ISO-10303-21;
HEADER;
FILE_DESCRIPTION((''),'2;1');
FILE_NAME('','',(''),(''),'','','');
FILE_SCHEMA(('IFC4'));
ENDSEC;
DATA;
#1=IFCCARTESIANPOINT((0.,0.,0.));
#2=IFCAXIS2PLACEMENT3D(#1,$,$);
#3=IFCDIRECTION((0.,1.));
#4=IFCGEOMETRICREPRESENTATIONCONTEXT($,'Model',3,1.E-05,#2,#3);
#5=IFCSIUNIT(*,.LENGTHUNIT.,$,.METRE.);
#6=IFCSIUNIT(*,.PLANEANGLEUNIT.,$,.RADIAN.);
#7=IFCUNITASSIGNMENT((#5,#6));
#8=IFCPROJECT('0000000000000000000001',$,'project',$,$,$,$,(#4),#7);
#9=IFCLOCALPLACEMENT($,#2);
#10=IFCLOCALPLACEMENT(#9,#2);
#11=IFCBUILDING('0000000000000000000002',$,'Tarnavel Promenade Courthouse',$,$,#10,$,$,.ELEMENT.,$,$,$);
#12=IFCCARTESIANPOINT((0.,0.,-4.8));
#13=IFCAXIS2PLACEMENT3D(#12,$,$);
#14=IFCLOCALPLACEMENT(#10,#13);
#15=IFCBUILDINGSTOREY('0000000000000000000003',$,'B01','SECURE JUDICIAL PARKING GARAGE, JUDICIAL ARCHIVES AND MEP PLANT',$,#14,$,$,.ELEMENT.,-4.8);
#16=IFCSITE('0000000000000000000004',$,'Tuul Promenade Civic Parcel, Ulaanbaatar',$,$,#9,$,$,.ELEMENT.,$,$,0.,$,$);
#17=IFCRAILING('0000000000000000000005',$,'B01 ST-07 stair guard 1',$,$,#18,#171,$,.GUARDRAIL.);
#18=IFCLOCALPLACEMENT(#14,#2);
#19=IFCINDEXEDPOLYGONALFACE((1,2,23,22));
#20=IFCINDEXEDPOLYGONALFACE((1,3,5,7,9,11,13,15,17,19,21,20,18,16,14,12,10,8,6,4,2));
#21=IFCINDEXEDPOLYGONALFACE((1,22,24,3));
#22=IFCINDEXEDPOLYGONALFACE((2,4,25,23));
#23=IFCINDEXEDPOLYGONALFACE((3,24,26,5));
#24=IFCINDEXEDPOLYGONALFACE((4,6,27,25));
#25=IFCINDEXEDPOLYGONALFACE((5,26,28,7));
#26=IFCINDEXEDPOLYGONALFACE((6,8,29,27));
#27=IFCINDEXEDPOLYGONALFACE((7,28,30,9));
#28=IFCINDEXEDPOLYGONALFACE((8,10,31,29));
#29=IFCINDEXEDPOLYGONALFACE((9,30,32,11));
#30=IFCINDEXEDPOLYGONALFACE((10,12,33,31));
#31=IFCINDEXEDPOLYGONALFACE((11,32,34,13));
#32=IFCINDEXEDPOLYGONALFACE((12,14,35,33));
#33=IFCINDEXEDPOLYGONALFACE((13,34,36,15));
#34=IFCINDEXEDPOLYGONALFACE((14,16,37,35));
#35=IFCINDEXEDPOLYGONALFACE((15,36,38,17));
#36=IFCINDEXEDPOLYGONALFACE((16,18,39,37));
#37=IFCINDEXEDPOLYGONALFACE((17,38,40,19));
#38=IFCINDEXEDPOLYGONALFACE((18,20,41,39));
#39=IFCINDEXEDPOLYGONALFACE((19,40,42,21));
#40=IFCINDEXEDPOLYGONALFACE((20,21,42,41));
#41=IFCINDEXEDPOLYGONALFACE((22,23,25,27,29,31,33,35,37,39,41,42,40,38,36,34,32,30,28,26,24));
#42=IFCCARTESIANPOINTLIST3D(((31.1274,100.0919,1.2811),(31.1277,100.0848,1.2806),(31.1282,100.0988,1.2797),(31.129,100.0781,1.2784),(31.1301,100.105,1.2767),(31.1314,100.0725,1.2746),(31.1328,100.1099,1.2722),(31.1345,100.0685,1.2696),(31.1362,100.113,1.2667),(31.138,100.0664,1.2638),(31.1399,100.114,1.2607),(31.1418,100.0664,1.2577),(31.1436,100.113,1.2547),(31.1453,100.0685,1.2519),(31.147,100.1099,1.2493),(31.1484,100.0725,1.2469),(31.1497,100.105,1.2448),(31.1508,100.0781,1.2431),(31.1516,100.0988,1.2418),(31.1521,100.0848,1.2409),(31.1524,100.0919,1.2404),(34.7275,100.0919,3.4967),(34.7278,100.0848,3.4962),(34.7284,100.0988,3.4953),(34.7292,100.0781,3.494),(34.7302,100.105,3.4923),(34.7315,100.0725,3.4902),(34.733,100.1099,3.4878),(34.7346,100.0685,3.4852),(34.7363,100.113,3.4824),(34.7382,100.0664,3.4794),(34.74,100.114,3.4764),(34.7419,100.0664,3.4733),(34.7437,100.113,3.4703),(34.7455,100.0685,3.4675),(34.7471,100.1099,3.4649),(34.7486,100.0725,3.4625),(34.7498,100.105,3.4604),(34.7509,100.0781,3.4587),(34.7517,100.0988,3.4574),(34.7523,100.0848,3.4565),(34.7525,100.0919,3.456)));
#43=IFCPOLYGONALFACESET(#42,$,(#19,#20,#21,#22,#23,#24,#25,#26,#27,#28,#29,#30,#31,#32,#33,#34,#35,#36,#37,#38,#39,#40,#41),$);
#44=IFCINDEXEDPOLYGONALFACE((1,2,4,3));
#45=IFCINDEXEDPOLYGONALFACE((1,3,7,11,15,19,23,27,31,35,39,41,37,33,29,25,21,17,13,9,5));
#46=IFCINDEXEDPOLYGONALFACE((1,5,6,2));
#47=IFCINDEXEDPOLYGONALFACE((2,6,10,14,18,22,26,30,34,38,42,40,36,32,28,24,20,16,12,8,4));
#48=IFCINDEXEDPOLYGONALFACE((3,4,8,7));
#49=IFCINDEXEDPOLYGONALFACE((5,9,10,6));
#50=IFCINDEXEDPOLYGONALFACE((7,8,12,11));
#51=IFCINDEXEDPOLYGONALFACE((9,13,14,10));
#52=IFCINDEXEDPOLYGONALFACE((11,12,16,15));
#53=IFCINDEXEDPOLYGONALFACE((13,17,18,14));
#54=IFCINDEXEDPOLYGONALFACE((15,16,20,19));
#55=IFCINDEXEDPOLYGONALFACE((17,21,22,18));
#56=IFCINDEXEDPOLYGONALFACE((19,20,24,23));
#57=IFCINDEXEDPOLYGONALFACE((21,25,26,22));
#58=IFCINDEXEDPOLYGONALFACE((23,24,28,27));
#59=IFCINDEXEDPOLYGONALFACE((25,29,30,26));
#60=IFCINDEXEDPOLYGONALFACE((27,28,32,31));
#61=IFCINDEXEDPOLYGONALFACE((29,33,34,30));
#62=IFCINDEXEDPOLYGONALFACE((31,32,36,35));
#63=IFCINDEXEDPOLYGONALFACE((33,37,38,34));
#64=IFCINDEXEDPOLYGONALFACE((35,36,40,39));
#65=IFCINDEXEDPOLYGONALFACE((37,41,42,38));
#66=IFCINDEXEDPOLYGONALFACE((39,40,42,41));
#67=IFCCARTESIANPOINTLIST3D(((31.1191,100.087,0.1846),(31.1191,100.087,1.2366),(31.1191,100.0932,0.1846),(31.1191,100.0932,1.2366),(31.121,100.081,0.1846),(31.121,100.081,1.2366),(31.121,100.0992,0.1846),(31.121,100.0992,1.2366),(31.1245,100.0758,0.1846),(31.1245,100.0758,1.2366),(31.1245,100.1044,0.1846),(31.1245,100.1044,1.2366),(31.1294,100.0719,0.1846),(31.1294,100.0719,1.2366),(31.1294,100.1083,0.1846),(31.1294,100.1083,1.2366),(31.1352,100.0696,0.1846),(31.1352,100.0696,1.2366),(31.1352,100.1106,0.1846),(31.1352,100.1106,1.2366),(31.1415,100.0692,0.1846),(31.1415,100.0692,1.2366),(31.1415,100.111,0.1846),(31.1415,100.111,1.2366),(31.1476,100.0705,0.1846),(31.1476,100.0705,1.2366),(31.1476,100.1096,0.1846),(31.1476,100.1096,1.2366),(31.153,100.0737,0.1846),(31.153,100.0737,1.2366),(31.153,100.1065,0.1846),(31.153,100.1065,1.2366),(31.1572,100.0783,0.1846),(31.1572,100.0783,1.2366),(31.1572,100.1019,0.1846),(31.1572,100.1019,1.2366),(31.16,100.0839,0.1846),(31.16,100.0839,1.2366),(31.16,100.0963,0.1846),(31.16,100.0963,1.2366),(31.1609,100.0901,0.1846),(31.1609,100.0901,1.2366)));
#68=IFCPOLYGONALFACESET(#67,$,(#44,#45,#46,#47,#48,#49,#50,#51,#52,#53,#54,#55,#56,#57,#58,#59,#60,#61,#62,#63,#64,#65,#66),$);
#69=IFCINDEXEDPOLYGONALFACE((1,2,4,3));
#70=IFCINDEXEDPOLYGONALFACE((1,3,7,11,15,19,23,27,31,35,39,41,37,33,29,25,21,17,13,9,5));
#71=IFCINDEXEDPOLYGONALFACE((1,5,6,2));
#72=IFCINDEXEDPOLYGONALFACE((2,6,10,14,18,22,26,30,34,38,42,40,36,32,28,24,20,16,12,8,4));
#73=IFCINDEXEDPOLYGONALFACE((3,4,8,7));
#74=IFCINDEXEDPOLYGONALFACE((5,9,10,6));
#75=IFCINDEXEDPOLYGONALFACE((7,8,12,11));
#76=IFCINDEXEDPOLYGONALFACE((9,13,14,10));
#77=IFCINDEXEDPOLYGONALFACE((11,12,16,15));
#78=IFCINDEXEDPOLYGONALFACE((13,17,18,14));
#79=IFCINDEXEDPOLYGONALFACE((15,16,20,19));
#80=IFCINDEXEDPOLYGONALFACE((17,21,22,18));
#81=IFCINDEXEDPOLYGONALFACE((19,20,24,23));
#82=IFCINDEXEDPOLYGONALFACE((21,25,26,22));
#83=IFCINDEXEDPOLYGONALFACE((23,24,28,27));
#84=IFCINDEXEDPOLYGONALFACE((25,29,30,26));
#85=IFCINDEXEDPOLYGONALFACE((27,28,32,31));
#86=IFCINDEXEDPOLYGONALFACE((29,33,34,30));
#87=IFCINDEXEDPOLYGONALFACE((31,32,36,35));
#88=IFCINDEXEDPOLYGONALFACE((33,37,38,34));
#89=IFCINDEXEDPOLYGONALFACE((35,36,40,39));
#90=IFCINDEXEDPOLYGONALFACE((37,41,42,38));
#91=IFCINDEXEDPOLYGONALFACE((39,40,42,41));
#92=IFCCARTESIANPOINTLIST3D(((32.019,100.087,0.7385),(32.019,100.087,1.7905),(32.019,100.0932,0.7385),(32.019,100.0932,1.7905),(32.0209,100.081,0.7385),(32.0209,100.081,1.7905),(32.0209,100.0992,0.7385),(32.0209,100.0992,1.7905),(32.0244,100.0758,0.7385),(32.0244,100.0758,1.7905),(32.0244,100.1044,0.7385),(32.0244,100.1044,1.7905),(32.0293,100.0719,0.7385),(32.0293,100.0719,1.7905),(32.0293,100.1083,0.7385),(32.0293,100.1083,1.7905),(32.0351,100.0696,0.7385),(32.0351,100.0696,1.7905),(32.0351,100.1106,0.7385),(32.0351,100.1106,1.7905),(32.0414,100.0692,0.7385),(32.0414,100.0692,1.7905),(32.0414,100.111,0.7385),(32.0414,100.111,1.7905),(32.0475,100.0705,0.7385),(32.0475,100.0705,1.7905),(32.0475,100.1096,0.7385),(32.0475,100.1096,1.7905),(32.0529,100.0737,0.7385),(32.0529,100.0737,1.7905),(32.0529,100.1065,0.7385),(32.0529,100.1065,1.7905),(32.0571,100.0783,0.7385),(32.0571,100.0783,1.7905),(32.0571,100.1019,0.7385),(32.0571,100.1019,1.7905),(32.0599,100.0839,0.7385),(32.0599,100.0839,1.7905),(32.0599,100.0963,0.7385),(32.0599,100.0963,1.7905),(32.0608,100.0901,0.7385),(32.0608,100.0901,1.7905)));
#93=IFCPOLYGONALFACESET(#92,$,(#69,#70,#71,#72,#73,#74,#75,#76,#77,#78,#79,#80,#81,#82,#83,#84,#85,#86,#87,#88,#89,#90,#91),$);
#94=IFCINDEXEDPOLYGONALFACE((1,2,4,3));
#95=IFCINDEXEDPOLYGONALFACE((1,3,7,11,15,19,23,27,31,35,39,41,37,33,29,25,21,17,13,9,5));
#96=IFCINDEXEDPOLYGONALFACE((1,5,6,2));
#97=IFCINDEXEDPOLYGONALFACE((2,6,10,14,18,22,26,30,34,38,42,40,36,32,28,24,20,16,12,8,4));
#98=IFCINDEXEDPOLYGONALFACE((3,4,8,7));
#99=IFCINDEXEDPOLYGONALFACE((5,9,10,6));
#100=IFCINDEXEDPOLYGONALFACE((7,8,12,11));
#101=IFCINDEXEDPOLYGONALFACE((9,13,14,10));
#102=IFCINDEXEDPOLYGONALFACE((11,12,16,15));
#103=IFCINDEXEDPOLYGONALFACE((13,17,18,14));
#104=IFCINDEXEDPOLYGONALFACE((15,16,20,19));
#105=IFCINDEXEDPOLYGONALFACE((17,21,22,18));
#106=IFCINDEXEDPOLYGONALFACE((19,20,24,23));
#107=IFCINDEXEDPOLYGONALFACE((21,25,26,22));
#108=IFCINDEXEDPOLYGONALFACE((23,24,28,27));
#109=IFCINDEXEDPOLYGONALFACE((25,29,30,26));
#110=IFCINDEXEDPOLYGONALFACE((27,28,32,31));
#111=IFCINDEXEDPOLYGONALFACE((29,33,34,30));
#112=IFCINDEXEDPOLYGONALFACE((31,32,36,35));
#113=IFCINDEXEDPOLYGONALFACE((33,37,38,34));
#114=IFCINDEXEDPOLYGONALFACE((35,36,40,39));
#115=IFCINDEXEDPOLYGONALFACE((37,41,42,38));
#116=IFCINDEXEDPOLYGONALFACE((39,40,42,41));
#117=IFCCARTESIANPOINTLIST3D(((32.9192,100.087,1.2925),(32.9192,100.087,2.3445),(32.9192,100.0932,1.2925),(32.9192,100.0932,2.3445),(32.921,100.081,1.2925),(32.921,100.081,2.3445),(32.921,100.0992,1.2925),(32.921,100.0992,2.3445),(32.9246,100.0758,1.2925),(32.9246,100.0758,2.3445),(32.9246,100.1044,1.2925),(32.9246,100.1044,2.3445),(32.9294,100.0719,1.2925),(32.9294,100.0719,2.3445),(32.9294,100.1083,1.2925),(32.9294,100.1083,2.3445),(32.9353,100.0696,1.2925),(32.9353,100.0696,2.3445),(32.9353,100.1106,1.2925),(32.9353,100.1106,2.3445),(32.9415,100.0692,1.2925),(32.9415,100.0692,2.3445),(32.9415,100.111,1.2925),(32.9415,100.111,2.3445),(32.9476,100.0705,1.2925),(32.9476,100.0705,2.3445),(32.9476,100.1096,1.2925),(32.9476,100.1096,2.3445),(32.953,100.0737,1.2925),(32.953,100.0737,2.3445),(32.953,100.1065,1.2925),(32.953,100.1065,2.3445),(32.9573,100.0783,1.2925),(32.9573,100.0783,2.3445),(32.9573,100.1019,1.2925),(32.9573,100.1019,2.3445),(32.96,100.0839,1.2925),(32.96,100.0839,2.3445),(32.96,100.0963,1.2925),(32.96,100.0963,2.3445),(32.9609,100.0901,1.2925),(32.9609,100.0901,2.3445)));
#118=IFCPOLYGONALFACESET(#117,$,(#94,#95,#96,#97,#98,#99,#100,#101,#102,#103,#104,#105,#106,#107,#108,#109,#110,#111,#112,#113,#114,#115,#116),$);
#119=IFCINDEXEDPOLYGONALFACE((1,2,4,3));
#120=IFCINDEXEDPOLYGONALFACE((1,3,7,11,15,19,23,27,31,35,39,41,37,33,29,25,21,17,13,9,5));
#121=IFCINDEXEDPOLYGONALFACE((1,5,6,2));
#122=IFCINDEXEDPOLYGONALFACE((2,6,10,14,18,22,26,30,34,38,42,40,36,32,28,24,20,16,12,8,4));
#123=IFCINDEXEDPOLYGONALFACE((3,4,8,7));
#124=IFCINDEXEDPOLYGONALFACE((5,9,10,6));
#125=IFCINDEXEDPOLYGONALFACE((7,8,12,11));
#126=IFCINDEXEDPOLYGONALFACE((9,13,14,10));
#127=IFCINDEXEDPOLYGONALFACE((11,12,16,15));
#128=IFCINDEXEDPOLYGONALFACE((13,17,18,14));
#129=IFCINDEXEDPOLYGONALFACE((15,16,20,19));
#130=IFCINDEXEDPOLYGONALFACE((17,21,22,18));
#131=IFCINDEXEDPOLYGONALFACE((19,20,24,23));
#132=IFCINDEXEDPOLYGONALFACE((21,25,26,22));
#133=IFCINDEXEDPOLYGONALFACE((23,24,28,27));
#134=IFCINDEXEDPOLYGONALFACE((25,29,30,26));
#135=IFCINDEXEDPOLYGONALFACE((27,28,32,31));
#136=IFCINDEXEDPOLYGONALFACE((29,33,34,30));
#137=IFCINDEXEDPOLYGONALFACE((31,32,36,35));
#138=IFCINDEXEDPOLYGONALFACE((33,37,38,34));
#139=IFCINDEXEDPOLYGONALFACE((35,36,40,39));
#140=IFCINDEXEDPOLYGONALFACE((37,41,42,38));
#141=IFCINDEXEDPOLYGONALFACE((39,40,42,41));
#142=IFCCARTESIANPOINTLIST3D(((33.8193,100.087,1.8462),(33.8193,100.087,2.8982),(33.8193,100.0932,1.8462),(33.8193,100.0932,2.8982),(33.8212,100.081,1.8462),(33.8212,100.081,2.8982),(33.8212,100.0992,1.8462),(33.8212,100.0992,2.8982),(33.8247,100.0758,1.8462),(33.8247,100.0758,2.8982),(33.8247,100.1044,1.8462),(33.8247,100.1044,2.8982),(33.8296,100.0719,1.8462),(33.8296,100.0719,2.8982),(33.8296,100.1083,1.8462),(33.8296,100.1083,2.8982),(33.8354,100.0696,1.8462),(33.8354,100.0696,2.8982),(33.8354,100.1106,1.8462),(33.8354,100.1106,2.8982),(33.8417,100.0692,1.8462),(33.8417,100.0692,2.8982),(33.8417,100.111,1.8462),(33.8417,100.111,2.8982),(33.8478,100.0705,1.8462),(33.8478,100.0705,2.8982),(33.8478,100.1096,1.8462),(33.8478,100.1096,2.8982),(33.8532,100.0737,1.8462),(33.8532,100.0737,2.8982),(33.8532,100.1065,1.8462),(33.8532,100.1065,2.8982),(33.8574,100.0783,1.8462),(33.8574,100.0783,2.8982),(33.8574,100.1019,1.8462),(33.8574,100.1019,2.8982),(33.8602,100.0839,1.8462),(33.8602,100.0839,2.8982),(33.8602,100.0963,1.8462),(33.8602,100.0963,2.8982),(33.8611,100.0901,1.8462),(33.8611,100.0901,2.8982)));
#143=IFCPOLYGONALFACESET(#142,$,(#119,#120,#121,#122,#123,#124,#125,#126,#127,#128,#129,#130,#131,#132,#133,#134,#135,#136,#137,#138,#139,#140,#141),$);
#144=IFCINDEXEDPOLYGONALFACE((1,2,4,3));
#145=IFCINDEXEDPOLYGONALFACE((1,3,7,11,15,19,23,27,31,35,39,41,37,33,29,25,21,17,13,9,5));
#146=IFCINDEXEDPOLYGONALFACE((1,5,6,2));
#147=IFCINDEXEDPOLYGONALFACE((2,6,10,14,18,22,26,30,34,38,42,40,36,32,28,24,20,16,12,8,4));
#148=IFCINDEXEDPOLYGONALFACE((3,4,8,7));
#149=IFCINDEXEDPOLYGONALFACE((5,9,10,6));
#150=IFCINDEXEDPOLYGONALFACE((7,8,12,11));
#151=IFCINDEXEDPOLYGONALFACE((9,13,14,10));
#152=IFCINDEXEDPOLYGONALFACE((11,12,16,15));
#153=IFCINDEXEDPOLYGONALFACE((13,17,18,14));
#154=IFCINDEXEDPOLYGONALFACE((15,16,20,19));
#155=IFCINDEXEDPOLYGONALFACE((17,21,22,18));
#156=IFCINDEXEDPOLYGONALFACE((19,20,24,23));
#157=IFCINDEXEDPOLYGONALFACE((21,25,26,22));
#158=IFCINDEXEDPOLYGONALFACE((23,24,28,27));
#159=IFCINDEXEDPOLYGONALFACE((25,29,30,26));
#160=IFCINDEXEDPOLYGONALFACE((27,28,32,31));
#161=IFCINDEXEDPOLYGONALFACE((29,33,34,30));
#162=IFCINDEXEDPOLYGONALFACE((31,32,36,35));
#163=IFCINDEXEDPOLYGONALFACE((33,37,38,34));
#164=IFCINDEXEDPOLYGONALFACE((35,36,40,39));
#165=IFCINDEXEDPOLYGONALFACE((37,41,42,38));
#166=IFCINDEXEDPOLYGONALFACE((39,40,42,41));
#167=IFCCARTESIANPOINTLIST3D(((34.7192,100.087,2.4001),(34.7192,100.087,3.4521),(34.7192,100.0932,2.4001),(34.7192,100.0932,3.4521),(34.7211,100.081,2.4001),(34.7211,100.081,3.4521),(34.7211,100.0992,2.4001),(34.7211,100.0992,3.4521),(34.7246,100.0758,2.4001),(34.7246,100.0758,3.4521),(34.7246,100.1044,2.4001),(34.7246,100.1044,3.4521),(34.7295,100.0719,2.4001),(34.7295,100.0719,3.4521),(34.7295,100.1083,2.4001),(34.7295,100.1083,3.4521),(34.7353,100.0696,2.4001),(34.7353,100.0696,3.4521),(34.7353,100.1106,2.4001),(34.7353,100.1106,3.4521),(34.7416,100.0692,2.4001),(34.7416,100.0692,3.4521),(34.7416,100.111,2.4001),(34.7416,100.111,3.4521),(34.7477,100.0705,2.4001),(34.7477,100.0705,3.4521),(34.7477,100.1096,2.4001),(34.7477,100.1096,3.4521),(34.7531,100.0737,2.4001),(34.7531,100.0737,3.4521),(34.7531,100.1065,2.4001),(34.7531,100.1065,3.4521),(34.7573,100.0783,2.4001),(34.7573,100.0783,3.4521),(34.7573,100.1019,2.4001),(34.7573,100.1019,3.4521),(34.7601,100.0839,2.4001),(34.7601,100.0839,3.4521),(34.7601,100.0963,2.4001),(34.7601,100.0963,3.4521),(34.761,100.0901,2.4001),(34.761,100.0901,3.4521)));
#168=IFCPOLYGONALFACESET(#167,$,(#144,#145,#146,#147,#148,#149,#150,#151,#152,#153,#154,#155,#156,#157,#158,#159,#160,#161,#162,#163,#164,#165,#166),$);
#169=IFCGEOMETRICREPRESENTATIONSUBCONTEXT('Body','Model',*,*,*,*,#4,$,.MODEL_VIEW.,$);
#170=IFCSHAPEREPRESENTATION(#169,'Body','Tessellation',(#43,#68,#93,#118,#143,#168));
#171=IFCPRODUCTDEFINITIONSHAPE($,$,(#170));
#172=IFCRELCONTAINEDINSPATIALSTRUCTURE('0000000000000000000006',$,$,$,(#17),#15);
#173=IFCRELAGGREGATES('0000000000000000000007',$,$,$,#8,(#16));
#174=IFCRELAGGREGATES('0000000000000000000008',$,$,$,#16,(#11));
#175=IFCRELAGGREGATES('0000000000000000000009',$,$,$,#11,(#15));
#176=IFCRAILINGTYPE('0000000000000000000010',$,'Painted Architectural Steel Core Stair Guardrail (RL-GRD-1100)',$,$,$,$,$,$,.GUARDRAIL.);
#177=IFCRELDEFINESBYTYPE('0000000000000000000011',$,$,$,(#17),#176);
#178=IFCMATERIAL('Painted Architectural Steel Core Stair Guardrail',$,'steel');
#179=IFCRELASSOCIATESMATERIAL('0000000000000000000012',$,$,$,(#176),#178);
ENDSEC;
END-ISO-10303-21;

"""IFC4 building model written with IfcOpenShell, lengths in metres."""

from ifc_helpers import new_model, si_unit, direction, frame, origin, origin_2d, place, context, subcontext, project, spatial, circle, extrude, material, type_object, element, save


model = new_model("IFC4")

# Units and contexts
model_context = context("Model", 3, precision=1e-05, world=origin(), true_north=direction((0.0, 1.0)))
body_context = subcontext(model_context, "Body", "Model", "MODEL_VIEW")
ifc_project = project(units=[si_unit("LENGTHUNIT", "METRE"), si_unit("PLANEANGLEUNIT", "RADIAN")], contexts=[model_context])

# Site, building, storey
site_placement = place(None, origin())
site = spatial("IfcSite", under=ifc_project, at=site_placement, Name="Tuul Promenade Civic Parcel, Ulaanbaatar", CompositionType="ELEMENT", RefElevation=0.0)
building_placement = place(site_placement, origin())
building = spatial("IfcBuilding", under=site, at=building_placement, Name="Tarnavel Promenade Courthouse", CompositionType="ELEMENT")
storey_placement = place(building_placement, frame((0.0, 0.0, -4.8)))
storey = spatial("IfcBuildingStorey", under=building, at=storey_placement, Name="B01", Description="SECURE JUDICIAL PARKING GARAGE, JUDICIAL ARCHIVES AND MEP PLANT", CompositionType="ELEMENT", Elevation=-4.8)

# Railing
ifc_material_1 = material(Name="Painted Architectural Steel Core Stair Guardrail", Category="steel")
railing_type_1 = type_object("IfcRailingType", Name="Painted Architectural Steel Core Stair Guardrail (RL-GRD-1100)", PredefinedType="GUARDRAIL", material=ifc_material_1)
railing_1_placement = place(storey_placement, frame((31.1399, 100.0901, 0.1846)))
element("IfcRailing", 1, at=railing_1_placement, inside=storey, type_object=railing_type_1, Name="B01 ST-07 stair guard 1", PredefinedType="GUARDRAIL", context=body_context, shape_type="SweptSolid", body=[
    extrude(circle(Radius=0.0239, at=origin_2d()), frame((0.0, 0.0, 1.0762), z_axis=(0.851644, 0.0, 0.52412), x_axis=(0.0, 1.0, 0.0)), (0.0, 0.0, 1.0), 4.2273),
    extrude(circle(Radius=0.021, at=origin_2d()), origin(), (0.0, 0.0, 1.0), 1.052),
    extrude(circle(Radius=0.021, at=origin_2d()), frame((0.8999, 0.0, 0.554)), (0.0, 0.0, 1.0), 1.052),
    extrude(circle(Radius=0.021, at=origin_2d()), frame((1.8, 0.0, 1.1079)), (0.0, 0.0, 1.0), 1.052),
    extrude(circle(Radius=0.021, at=origin_2d()), frame((2.7002, 0.0, 1.6616)), (0.0, 0.0, 1.0), 1.052),
    extrude(circle(Radius=0.021, at=origin_2d()), frame((3.6001, 0.0, 2.2156)), (0.0, 0.0, 1.0), 1.052),
])

save(model, "model.ifc")
